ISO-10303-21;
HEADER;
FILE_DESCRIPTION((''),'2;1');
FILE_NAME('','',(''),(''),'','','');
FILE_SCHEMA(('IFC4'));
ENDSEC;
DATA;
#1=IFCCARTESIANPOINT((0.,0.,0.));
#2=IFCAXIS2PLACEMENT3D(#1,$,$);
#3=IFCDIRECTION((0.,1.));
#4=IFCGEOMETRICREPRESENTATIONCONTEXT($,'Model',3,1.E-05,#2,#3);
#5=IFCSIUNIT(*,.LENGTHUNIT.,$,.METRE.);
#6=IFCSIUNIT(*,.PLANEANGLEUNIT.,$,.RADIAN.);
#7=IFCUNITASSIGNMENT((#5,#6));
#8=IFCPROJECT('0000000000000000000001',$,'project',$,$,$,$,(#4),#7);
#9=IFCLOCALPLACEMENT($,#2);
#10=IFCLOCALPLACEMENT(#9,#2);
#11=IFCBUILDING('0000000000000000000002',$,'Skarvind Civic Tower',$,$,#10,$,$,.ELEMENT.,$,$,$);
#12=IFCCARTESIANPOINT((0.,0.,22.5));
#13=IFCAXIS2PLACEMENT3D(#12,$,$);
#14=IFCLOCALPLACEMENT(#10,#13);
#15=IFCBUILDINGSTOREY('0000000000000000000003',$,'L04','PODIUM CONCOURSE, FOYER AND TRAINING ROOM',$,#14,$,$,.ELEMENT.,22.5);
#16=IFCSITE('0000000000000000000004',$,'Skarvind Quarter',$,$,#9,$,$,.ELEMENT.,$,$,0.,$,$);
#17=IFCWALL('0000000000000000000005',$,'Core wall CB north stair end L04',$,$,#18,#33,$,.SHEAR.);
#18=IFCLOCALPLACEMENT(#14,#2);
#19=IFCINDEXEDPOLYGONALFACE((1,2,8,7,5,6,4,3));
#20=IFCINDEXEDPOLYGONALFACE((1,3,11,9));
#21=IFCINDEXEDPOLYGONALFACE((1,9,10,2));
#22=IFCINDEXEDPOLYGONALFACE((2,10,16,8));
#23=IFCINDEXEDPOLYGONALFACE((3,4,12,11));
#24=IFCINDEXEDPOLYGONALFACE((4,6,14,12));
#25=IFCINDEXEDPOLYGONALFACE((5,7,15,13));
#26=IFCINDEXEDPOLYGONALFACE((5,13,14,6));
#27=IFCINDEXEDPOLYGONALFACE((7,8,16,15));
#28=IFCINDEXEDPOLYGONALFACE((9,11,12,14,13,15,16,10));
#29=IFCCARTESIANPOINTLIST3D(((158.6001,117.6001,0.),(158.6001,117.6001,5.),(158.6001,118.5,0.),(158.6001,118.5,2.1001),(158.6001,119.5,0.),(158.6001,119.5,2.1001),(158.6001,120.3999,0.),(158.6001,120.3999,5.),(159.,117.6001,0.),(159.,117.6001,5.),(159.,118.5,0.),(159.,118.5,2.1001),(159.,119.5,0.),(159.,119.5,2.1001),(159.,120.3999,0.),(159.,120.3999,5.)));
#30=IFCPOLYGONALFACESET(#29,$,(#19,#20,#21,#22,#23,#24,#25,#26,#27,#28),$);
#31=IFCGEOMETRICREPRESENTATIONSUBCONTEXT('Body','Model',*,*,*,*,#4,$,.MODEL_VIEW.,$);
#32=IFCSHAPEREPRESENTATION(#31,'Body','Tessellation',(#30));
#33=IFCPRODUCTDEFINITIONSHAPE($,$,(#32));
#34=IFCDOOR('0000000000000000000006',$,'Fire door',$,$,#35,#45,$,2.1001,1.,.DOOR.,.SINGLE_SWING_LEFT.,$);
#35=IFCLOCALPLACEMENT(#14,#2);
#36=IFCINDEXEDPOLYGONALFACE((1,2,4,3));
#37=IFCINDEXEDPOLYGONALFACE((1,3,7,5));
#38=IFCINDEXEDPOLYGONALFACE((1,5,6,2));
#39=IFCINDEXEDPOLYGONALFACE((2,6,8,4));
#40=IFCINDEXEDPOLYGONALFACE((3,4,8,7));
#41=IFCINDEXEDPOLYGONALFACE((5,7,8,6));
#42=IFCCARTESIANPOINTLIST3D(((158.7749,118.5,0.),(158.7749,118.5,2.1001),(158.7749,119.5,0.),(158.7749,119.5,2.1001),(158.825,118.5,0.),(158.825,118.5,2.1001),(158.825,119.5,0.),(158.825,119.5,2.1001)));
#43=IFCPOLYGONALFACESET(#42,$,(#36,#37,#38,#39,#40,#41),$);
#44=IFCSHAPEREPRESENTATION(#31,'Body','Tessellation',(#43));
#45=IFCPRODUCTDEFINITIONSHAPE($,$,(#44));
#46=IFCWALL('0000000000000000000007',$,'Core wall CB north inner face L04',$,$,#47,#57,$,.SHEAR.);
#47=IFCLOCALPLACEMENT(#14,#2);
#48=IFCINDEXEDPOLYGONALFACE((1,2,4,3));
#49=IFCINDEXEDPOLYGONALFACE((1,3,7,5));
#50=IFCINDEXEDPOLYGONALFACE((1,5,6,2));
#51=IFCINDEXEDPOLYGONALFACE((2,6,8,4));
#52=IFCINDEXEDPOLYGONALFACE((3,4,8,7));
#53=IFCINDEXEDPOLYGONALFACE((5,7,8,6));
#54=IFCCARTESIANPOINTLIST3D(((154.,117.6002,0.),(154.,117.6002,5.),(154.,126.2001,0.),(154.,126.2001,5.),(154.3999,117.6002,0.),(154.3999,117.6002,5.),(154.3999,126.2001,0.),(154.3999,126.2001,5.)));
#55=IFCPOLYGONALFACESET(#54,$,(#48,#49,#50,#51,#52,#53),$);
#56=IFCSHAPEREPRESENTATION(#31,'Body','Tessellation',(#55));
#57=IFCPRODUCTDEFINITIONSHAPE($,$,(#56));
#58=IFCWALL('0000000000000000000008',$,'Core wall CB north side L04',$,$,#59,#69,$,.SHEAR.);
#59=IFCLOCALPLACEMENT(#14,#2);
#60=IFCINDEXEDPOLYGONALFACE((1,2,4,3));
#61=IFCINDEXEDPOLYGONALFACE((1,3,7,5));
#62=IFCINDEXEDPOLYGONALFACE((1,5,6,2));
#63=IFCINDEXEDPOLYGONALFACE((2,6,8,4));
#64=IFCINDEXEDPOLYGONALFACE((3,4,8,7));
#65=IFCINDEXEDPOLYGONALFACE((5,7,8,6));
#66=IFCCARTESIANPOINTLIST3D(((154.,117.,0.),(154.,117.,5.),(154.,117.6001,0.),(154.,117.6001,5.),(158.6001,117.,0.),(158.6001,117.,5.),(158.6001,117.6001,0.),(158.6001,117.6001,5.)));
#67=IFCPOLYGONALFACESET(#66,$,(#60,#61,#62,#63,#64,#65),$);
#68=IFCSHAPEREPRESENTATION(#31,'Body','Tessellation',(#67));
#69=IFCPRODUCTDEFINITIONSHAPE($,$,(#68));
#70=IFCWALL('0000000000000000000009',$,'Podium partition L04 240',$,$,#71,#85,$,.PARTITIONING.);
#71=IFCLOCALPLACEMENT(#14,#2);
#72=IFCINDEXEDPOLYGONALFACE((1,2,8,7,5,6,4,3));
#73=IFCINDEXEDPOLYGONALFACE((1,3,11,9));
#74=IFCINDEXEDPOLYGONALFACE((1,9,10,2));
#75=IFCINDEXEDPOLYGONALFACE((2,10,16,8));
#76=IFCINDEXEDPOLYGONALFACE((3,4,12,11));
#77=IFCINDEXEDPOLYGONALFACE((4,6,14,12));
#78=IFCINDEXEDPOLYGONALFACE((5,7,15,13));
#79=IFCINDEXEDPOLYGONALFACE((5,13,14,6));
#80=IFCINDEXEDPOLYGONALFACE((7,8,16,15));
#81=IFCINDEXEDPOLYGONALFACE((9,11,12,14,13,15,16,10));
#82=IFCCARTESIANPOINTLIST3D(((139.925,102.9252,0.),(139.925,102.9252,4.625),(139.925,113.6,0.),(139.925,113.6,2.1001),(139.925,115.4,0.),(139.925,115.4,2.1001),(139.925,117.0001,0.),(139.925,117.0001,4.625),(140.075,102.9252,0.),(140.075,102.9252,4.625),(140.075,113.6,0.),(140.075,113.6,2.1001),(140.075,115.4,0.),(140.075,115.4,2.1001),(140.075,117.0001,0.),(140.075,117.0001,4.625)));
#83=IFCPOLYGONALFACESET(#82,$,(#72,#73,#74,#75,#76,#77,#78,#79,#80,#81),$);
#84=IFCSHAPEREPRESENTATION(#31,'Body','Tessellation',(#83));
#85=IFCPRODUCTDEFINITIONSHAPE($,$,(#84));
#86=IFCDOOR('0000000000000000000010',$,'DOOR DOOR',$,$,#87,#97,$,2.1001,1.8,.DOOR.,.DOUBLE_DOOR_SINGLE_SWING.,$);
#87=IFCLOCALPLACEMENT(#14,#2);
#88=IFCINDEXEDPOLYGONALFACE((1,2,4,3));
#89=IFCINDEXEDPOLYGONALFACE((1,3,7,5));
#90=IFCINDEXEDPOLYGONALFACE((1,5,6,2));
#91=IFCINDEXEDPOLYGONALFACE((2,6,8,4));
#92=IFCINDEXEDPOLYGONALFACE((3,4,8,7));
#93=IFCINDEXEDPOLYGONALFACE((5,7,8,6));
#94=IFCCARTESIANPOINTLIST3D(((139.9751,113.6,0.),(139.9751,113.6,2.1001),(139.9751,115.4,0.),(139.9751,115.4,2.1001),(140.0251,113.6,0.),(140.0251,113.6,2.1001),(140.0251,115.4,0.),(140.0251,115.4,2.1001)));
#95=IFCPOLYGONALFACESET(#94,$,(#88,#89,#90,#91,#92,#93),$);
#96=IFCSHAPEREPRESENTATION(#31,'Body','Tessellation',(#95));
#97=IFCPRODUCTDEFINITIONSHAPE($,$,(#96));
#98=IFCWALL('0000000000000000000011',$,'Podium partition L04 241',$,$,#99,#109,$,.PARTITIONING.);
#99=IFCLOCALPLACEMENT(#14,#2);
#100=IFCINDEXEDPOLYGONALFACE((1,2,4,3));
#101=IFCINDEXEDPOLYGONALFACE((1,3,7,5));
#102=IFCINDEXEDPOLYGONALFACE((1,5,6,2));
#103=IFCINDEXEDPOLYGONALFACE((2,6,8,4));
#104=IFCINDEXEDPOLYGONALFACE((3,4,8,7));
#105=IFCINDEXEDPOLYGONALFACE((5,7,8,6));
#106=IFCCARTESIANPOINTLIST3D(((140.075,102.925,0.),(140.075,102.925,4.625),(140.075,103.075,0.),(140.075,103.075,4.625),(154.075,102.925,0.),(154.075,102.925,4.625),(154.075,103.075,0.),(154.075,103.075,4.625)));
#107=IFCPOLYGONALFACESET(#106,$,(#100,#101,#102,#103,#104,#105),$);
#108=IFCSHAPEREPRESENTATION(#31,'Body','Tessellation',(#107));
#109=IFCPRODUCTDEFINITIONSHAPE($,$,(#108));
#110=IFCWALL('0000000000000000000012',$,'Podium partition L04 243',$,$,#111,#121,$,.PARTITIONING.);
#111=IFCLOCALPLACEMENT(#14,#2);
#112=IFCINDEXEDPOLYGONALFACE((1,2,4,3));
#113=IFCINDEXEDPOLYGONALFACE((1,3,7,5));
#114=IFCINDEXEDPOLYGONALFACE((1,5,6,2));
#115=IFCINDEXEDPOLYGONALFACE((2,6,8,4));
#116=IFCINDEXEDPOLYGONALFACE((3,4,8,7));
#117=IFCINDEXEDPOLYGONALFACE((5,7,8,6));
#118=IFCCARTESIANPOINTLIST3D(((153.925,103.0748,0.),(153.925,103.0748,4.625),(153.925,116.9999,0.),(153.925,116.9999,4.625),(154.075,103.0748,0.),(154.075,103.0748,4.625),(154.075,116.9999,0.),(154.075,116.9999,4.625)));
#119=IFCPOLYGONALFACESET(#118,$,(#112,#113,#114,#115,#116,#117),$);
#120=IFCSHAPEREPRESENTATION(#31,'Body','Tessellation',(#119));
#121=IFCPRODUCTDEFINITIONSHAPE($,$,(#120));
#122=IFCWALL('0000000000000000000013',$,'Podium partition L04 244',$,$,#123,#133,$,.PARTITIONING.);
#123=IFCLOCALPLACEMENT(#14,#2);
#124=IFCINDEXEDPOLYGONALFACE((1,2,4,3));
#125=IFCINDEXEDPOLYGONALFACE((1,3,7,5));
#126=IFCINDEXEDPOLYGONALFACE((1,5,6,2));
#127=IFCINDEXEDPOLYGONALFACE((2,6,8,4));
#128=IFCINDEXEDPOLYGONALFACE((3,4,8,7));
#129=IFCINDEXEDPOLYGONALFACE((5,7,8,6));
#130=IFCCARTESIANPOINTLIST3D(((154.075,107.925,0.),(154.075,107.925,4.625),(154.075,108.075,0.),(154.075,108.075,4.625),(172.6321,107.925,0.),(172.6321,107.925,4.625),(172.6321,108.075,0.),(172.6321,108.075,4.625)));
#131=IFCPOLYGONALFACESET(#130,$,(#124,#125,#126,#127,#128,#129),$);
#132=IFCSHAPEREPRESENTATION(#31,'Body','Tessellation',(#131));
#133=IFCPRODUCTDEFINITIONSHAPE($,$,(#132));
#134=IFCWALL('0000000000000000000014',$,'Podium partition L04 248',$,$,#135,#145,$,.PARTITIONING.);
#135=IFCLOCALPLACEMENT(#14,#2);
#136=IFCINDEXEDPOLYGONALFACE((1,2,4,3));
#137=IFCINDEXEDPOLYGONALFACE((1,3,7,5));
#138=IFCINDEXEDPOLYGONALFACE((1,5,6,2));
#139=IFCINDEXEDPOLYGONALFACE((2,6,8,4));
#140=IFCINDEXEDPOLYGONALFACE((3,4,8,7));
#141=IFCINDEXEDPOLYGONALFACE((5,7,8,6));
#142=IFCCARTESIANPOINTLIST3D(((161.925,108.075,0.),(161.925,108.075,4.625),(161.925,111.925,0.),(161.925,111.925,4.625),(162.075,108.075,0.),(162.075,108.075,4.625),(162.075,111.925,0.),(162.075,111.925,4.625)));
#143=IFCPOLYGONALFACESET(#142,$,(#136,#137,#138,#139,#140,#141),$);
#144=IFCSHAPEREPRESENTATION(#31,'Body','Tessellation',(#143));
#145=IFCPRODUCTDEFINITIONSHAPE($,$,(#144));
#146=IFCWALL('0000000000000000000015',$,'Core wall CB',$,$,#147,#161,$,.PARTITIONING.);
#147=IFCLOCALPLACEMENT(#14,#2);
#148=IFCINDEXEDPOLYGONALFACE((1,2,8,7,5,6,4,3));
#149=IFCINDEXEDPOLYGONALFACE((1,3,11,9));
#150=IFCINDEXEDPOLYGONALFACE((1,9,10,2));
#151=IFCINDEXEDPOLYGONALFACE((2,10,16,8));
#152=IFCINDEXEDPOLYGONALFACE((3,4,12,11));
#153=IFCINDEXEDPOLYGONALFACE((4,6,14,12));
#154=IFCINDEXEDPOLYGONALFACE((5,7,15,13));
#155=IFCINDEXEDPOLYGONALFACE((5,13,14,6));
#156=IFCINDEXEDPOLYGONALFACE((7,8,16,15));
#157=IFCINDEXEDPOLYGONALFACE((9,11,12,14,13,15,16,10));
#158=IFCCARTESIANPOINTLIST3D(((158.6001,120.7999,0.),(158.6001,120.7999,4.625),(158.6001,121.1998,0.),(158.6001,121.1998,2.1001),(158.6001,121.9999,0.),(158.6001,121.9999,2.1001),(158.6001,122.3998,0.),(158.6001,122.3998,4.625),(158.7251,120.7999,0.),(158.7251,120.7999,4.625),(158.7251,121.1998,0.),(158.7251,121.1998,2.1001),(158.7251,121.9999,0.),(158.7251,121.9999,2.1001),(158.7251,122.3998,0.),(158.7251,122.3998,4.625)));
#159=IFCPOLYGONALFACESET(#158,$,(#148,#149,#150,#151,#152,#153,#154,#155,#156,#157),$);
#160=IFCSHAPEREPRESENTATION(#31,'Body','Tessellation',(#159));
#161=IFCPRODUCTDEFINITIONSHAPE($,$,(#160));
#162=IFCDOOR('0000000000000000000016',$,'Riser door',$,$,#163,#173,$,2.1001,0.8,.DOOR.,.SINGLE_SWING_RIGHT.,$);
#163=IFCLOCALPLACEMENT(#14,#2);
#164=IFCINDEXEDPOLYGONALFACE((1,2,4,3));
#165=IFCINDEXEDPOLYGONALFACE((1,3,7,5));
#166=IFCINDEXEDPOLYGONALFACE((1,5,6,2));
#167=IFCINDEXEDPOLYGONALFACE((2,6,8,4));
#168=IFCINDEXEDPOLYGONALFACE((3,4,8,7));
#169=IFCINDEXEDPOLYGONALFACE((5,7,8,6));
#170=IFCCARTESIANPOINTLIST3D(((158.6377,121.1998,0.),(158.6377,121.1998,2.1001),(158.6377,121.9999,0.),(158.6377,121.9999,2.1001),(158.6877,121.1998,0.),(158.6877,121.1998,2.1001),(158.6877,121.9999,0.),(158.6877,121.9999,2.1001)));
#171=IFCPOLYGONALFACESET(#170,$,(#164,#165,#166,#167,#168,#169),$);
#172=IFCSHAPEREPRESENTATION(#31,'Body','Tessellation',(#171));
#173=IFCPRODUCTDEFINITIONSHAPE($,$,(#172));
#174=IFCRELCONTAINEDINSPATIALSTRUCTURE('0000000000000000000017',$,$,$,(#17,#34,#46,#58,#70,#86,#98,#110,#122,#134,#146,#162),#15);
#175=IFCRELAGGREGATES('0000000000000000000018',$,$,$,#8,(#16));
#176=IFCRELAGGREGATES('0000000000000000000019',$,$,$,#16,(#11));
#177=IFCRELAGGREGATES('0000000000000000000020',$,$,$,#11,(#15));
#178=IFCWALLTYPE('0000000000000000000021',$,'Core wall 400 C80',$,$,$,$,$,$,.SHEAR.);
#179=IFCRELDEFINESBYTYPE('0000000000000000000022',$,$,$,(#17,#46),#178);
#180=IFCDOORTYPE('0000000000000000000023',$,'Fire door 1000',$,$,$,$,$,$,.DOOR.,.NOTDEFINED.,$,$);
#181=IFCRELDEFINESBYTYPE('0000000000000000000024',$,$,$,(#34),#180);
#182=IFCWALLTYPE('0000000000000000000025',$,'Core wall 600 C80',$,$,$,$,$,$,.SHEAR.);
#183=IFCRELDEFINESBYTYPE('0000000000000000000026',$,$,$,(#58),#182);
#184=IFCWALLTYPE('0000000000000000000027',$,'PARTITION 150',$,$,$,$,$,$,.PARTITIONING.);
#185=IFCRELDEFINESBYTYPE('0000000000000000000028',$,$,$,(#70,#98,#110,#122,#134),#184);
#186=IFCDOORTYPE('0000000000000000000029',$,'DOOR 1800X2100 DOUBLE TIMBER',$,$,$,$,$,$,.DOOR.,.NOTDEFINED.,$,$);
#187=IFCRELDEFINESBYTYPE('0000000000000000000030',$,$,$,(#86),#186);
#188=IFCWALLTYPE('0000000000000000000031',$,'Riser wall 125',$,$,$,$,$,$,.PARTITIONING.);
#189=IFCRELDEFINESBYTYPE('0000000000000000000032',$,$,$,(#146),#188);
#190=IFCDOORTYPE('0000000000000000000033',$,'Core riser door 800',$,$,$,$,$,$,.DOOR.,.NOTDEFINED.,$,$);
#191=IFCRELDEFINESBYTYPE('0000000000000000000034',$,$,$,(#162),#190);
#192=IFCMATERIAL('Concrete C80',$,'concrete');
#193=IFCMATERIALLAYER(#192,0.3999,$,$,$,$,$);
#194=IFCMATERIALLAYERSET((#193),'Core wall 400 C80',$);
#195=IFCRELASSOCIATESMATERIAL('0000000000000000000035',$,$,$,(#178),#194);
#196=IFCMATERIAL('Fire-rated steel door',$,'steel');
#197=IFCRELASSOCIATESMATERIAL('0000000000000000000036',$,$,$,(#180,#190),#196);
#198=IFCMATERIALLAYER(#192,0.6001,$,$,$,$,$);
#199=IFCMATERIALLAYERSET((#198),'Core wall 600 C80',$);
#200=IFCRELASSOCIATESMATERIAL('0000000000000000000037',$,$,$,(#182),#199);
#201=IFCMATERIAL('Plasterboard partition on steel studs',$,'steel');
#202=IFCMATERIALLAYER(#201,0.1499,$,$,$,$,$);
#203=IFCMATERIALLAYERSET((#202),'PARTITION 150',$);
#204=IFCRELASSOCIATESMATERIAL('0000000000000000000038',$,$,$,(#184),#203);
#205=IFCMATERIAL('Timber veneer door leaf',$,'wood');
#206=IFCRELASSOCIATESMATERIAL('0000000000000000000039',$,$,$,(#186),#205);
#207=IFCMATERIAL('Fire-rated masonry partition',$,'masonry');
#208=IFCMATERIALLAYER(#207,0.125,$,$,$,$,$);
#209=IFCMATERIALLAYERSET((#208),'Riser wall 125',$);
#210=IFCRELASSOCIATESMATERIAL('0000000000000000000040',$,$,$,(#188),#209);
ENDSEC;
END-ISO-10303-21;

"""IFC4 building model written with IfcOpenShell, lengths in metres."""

from ifc_helpers import new_model, si_unit, direction, frame, frame_2d, origin, place, context, subcontext, project, spatial, rectangle, extrude, material, layer, layer_set, type_object, element, fill, save


model = new_model("IFC4")

# Units and contexts
model_context = context("Model", 3, precision=1e-05, world=origin(), true_north=direction((0.0, 1.0)))
body_context = subcontext(model_context, "Body", "Model", "MODEL_VIEW")
ifc_project = project(units=[si_unit("LENGTHUNIT", "METRE"), si_unit("PLANEANGLEUNIT", "RADIAN")], contexts=[model_context])

# Site, building, storey
site_placement = place(None, origin())
site = spatial("IfcSite", under=ifc_project, at=site_placement, Name="Skarvind Quarter", CompositionType="ELEMENT", RefElevation=0.0)
building_placement = place(site_placement, origin())
building = spatial("IfcBuilding", under=site, at=building_placement, Name="Skarvind Civic Tower", CompositionType="ELEMENT")
storey_placement = place(building_placement, frame((0.0, 0.0, 22.5)))
storey = spatial("IfcBuildingStorey", under=building, at=storey_placement, Name="L04", Description="PODIUM CONCOURSE, FOYER AND TRAINING ROOM", CompositionType="ELEMENT", Elevation=22.5)

# Shared definitions
ifc_material_1 = material(Name="Fire-rated masonry partition", Category="masonry")
ifc_material_2 = material(Name="Fire-rated steel door", Category="steel")

# Shared definitions
ifc_material_3 = material(Name="Concrete C80", Category="concrete")
ifc_layer_1 = layer(ifc_material_3, 0.3999)
ifc_layer_set_1 = layer_set([ifc_layer_1], Name="Core wall 400 C80")
wall_type_1 = type_object("IfcWallType", Name="Core wall 400 C80", PredefinedType="SHEAR", material=ifc_layer_set_1)

# Wall, opening, door
wall_1_placement = place(storey_placement, frame((158.8, 120.3999, 0.0), z_axis=(0.0, 0.0, 1.0), x_axis=(0.0, -1.0, 0.0)))
wall_1 = element("IfcWall", 1, at=wall_1_placement, inside=storey, type_object=wall_type_1, Name="Core wall CB north stair end L04", PredefinedType="SHEAR", context=body_context, shape_type="SweptSolid", body=[
    extrude(rectangle(XDim=2.7998, YDim=0.3999, at=frame_2d((1.3999, 0.0))), origin(), (0.0, 0.0, 1.0), 5.0),
])
opening_1_placement = place(wall_1_placement, frame((0.8999, 0.0, 0.0)))
opening_1 = element("IfcOpeningElement", 2, at=opening_1_placement, cuts=wall_1, PredefinedType="OPENING", context=body_context, shape_type="SweptSolid", body=[
    extrude(rectangle(XDim=1.0, YDim=2.1001, at=frame_2d((0.5, 1.05))), frame((0.0, 0.21, 0.0), z_axis=(0.0, -1.0, 0.0), x_axis=(1.0, 0.0, 0.0)), (0.0, 0.0, 1.0), 0.4199),
])
door_type_1 = type_object("IfcDoorType", Name="Fire door 1000", OperationType="NOTDEFINED", PredefinedType="DOOR", material=ifc_material_2)
door_1_placement = place(opening_1_placement, origin())
door_1 = element("IfcDoor", 3, at=door_1_placement, inside=storey, type_object=door_type_1, Name="Fire door", OperationType="SINGLE_SWING_LEFT", OverallHeight=2.1001, OverallWidth=1.0, PredefinedType="DOOR", context=body_context, shape_type="SweptSolid", body=[
    extrude(rectangle(XDim=1.0, YDim=2.1001, at=frame_2d((0.5, 1.05))), frame((0.0, 0.0249, 0.0), z_axis=(0.0, -1.0, 0.0), x_axis=(1.0, 0.0, 0.0)), (0.0, 0.0, 1.0), 0.05),
])
fill(opening_1, door_1)

# Walls
wall_2_placement = place(storey_placement, frame((154.2, 126.2, 0.0), z_axis=(0.0, 0.0, 1.0), x_axis=(0.0, -1.0, 0.0)))
element("IfcWall", 4, at=wall_2_placement, inside=storey, type_object=wall_type_1, Name="Core wall CB north inner face L04", PredefinedType="SHEAR", context=body_context, shape_type="SweptSolid", body=[
    extrude(rectangle(XDim=8.5999, YDim=0.3999, at=frame_2d((4.2998, 0.0))), origin(), (0.0, 0.0, 1.0), 5.0),
])
ifc_layer_2 = layer(ifc_material_3, 0.6001)
ifc_layer_set_2 = layer_set([ifc_layer_2], Name="Core wall 600 C80")
wall_type_2 = type_object("IfcWallType", Name="Core wall 600 C80", PredefinedType="SHEAR", material=ifc_layer_set_2)
wall_3_placement = place(storey_placement, frame((158.6001, 117.3, 0.0), z_axis=(0.0, 0.0, 1.0), x_axis=(-1.0, 0.0, 0.0)))
element("IfcWall", 5, at=wall_3_placement, inside=storey, type_object=wall_type_2, Name="Core wall CB north side L04", PredefinedType="SHEAR", context=body_context, shape_type="SweptSolid", body=[
    extrude(rectangle(XDim=4.6001, YDim=0.6001, at=frame_2d((2.3, 0.0))), origin(), (0.0, 0.0, 1.0), 5.0),
])

# Wall, opening, door
ifc_material_4 = material(Name="Plasterboard partition on steel studs", Category="steel")
ifc_layer_3 = layer(ifc_material_4, 0.1499)
ifc_layer_set_3 = layer_set([ifc_layer_3], Name="PARTITION 150")
wall_type_3 = type_object("IfcWallType", Name="PARTITION 150", PredefinedType="PARTITIONING", material=ifc_layer_set_3)
wall_4_placement = place(storey_placement, frame((140.0, 102.925, 0.0), z_axis=(0.0, 0.0, 1.0), x_axis=(0.0, 1.0, 0.0)))
wall_4 = element("IfcWall", 6, at=wall_4_placement, inside=storey, type_object=wall_type_3, Name="Podium partition L04 240", PredefinedType="PARTITIONING", context=body_context, shape_type="SweptSolid", body=[
    extrude(rectangle(XDim=14.075, YDim=0.1499, at=frame_2d((7.0376, 0.0))), origin(), (0.0, 0.0, 1.0), 4.625),
])
opening_2_placement = place(wall_4_placement, frame((10.675, 0.0, 0.0)))
opening_2 = element("IfcOpeningElement", 7, at=opening_2_placement, cuts=wall_4, PredefinedType="OPENING", context=body_context, shape_type="SweptSolid", body=[
    extrude(rectangle(XDim=1.8, YDim=2.1001, at=frame_2d((0.8999, 1.05))), frame((0.0, 0.085, 0.0), z_axis=(0.0, -1.0, 0.0), x_axis=(1.0, 0.0, 0.0)), (0.0, 0.0, 1.0), 0.1699),
])
ifc_material_5 = material(Name="Timber veneer door leaf", Category="wood")
door_type_2 = type_object("IfcDoorType", Name="DOOR 1800X2100 DOUBLE TIMBER", OperationType="NOTDEFINED", PredefinedType="DOOR", material=ifc_material_5)
door_2_placement = place(opening_2_placement, origin())
door_2 = element("IfcDoor", 8, at=door_2_placement, inside=storey, type_object=door_type_2, Name="DOOR DOOR", OperationType="DOUBLE_DOOR_SINGLE_SWING", OverallHeight=2.1001, OverallWidth=1.8, PredefinedType="DOOR", context=body_context, shape_type="SweptSolid", body=[
    extrude(rectangle(XDim=1.8, YDim=2.1001, at=frame_2d((0.8999, 1.05))), frame((0.0, 0.0249, 0.0), z_axis=(0.0, -1.0, 0.0), x_axis=(1.0, 0.0, 0.0)), (0.0, 0.0, 1.0), 0.05),
])
fill(opening_2, door_2)

# Walls
wall_5_placement = place(storey_placement, frame((140.075, 103.0, 0.0), z_axis=(0.0, 0.0, 1.0), x_axis=(1.0, 0.0, 0.0)))
element("IfcWall", 9, at=wall_5_placement, inside=storey, type_object=wall_type_3, Name="Podium partition L04 241", PredefinedType="PARTITIONING", context=body_context, shape_type="SweptSolid", body=[
    extrude(rectangle(XDim=14.0, YDim=0.1499, at=frame_2d((7.0, 0.0))), origin(), (0.0, 0.0, 1.0), 4.625),
])
wall_6_placement = place(storey_placement, frame((154.0, 103.075, 0.0), z_axis=(0.0, 0.0, 1.0), x_axis=(0.0, 1.0, 0.0)))
element("IfcWall", 10, at=wall_6_placement, inside=storey, type_object=wall_type_3, Name="Podium partition L04 243", PredefinedType="PARTITIONING", context=body_context, shape_type="SweptSolid", body=[
    extrude(rectangle(XDim=13.925, YDim=0.1499, at=frame_2d((6.9624, 0.0))), origin(), (0.0, 0.0, 1.0), 4.625),
])
wall_7_placement = place(storey_placement, frame((154.075, 108.0, 0.0), z_axis=(0.0, 0.0, 1.0), x_axis=(1.0, 0.0, 0.0)))
element("IfcWall", 11, at=wall_7_placement, inside=storey, type_object=wall_type_3, Name="Podium partition L04 244", PredefinedType="PARTITIONING", context=body_context, shape_type="SweptSolid", body=[
    extrude(rectangle(XDim=18.5571, YDim=0.1499, at=frame_2d((9.2786, 0.0))), origin(), (0.0, 0.0, 1.0), 4.625),
])
wall_8_placement = place(storey_placement, frame((162.0, 108.075, 0.0), z_axis=(0.0, 0.0, 1.0), x_axis=(0.0, 1.0, 0.0)))
element("IfcWall", 12, at=wall_8_placement, inside=storey, type_object=wall_type_3, Name="Podium partition L04 248", PredefinedType="PARTITIONING", context=body_context, shape_type="SweptSolid", body=[
    extrude(rectangle(XDim=3.8501, YDim=0.1499, at=frame_2d((1.925, 0.0))), origin(), (0.0, 0.0, 1.0), 4.625),
])

# Wall, opening, door
ifc_layer_4 = layer(ifc_material_1, 0.125)
ifc_layer_set_4 = layer_set([ifc_layer_4], Name="Riser wall 125")
wall_type_4 = type_object("IfcWallType", Name="Riser wall 125", PredefinedType="PARTITIONING", material=ifc_layer_set_4)
wall_9_placement = place(storey_placement, frame((158.6626, 120.8, 0.0), z_axis=(0.0, 0.0, 1.0), x_axis=(0.0, 1.0, 0.0)))
wall_9 = element("IfcWall", 13, at=wall_9_placement, inside=storey, type_object=wall_type_4, Name="Core wall CB", PredefinedType="PARTITIONING", context=body_context, shape_type="SweptSolid", body=[
    extrude(rectangle(XDim=1.5999, YDim=0.125, at=frame_2d((0.7998, 0.0))), origin(), (0.0, 0.0, 1.0), 4.625),
])
opening_3_placement = place(wall_9_placement, frame((0.3999, 0.0, 0.0)))
opening_3 = element("IfcOpeningElement", 14, at=opening_3_placement, cuts=wall_9, PredefinedType="OPENING", context=body_context, shape_type="SweptSolid", body=[
    extrude(rectangle(XDim=0.8, YDim=2.1001, at=frame_2d((0.3999, 1.05))), frame((0.0, 0.0725, 0.0), z_axis=(0.0, -1.0, 0.0), x_axis=(1.0, 0.0, 0.0)), (0.0, 0.0, 1.0), 0.145),
])
door_type_3 = type_object("IfcDoorType", Name="Core riser door 800", OperationType="NOTDEFINED", PredefinedType="DOOR", material=ifc_material_2)
door_3_placement = place(opening_3_placement, origin())
door_3 = element("IfcDoor", 15, at=door_3_placement, inside=storey, type_object=door_type_3, Name="Riser door", OperationType="SINGLE_SWING_RIGHT", OverallHeight=2.1001, OverallWidth=0.8, PredefinedType="DOOR", context=body_context, shape_type="SweptSolid", body=[
    extrude(rectangle(XDim=0.8, YDim=2.1001, at=frame_2d((0.3999, 1.05))), frame((0.0, 0.0249, 0.0), z_axis=(0.0, -1.0, 0.0), x_axis=(1.0, 0.0, 0.0)), (0.0, 0.0, 1.0), 0.05),
])
fill(opening_3, door_3)

save(model, "model.ifc")
